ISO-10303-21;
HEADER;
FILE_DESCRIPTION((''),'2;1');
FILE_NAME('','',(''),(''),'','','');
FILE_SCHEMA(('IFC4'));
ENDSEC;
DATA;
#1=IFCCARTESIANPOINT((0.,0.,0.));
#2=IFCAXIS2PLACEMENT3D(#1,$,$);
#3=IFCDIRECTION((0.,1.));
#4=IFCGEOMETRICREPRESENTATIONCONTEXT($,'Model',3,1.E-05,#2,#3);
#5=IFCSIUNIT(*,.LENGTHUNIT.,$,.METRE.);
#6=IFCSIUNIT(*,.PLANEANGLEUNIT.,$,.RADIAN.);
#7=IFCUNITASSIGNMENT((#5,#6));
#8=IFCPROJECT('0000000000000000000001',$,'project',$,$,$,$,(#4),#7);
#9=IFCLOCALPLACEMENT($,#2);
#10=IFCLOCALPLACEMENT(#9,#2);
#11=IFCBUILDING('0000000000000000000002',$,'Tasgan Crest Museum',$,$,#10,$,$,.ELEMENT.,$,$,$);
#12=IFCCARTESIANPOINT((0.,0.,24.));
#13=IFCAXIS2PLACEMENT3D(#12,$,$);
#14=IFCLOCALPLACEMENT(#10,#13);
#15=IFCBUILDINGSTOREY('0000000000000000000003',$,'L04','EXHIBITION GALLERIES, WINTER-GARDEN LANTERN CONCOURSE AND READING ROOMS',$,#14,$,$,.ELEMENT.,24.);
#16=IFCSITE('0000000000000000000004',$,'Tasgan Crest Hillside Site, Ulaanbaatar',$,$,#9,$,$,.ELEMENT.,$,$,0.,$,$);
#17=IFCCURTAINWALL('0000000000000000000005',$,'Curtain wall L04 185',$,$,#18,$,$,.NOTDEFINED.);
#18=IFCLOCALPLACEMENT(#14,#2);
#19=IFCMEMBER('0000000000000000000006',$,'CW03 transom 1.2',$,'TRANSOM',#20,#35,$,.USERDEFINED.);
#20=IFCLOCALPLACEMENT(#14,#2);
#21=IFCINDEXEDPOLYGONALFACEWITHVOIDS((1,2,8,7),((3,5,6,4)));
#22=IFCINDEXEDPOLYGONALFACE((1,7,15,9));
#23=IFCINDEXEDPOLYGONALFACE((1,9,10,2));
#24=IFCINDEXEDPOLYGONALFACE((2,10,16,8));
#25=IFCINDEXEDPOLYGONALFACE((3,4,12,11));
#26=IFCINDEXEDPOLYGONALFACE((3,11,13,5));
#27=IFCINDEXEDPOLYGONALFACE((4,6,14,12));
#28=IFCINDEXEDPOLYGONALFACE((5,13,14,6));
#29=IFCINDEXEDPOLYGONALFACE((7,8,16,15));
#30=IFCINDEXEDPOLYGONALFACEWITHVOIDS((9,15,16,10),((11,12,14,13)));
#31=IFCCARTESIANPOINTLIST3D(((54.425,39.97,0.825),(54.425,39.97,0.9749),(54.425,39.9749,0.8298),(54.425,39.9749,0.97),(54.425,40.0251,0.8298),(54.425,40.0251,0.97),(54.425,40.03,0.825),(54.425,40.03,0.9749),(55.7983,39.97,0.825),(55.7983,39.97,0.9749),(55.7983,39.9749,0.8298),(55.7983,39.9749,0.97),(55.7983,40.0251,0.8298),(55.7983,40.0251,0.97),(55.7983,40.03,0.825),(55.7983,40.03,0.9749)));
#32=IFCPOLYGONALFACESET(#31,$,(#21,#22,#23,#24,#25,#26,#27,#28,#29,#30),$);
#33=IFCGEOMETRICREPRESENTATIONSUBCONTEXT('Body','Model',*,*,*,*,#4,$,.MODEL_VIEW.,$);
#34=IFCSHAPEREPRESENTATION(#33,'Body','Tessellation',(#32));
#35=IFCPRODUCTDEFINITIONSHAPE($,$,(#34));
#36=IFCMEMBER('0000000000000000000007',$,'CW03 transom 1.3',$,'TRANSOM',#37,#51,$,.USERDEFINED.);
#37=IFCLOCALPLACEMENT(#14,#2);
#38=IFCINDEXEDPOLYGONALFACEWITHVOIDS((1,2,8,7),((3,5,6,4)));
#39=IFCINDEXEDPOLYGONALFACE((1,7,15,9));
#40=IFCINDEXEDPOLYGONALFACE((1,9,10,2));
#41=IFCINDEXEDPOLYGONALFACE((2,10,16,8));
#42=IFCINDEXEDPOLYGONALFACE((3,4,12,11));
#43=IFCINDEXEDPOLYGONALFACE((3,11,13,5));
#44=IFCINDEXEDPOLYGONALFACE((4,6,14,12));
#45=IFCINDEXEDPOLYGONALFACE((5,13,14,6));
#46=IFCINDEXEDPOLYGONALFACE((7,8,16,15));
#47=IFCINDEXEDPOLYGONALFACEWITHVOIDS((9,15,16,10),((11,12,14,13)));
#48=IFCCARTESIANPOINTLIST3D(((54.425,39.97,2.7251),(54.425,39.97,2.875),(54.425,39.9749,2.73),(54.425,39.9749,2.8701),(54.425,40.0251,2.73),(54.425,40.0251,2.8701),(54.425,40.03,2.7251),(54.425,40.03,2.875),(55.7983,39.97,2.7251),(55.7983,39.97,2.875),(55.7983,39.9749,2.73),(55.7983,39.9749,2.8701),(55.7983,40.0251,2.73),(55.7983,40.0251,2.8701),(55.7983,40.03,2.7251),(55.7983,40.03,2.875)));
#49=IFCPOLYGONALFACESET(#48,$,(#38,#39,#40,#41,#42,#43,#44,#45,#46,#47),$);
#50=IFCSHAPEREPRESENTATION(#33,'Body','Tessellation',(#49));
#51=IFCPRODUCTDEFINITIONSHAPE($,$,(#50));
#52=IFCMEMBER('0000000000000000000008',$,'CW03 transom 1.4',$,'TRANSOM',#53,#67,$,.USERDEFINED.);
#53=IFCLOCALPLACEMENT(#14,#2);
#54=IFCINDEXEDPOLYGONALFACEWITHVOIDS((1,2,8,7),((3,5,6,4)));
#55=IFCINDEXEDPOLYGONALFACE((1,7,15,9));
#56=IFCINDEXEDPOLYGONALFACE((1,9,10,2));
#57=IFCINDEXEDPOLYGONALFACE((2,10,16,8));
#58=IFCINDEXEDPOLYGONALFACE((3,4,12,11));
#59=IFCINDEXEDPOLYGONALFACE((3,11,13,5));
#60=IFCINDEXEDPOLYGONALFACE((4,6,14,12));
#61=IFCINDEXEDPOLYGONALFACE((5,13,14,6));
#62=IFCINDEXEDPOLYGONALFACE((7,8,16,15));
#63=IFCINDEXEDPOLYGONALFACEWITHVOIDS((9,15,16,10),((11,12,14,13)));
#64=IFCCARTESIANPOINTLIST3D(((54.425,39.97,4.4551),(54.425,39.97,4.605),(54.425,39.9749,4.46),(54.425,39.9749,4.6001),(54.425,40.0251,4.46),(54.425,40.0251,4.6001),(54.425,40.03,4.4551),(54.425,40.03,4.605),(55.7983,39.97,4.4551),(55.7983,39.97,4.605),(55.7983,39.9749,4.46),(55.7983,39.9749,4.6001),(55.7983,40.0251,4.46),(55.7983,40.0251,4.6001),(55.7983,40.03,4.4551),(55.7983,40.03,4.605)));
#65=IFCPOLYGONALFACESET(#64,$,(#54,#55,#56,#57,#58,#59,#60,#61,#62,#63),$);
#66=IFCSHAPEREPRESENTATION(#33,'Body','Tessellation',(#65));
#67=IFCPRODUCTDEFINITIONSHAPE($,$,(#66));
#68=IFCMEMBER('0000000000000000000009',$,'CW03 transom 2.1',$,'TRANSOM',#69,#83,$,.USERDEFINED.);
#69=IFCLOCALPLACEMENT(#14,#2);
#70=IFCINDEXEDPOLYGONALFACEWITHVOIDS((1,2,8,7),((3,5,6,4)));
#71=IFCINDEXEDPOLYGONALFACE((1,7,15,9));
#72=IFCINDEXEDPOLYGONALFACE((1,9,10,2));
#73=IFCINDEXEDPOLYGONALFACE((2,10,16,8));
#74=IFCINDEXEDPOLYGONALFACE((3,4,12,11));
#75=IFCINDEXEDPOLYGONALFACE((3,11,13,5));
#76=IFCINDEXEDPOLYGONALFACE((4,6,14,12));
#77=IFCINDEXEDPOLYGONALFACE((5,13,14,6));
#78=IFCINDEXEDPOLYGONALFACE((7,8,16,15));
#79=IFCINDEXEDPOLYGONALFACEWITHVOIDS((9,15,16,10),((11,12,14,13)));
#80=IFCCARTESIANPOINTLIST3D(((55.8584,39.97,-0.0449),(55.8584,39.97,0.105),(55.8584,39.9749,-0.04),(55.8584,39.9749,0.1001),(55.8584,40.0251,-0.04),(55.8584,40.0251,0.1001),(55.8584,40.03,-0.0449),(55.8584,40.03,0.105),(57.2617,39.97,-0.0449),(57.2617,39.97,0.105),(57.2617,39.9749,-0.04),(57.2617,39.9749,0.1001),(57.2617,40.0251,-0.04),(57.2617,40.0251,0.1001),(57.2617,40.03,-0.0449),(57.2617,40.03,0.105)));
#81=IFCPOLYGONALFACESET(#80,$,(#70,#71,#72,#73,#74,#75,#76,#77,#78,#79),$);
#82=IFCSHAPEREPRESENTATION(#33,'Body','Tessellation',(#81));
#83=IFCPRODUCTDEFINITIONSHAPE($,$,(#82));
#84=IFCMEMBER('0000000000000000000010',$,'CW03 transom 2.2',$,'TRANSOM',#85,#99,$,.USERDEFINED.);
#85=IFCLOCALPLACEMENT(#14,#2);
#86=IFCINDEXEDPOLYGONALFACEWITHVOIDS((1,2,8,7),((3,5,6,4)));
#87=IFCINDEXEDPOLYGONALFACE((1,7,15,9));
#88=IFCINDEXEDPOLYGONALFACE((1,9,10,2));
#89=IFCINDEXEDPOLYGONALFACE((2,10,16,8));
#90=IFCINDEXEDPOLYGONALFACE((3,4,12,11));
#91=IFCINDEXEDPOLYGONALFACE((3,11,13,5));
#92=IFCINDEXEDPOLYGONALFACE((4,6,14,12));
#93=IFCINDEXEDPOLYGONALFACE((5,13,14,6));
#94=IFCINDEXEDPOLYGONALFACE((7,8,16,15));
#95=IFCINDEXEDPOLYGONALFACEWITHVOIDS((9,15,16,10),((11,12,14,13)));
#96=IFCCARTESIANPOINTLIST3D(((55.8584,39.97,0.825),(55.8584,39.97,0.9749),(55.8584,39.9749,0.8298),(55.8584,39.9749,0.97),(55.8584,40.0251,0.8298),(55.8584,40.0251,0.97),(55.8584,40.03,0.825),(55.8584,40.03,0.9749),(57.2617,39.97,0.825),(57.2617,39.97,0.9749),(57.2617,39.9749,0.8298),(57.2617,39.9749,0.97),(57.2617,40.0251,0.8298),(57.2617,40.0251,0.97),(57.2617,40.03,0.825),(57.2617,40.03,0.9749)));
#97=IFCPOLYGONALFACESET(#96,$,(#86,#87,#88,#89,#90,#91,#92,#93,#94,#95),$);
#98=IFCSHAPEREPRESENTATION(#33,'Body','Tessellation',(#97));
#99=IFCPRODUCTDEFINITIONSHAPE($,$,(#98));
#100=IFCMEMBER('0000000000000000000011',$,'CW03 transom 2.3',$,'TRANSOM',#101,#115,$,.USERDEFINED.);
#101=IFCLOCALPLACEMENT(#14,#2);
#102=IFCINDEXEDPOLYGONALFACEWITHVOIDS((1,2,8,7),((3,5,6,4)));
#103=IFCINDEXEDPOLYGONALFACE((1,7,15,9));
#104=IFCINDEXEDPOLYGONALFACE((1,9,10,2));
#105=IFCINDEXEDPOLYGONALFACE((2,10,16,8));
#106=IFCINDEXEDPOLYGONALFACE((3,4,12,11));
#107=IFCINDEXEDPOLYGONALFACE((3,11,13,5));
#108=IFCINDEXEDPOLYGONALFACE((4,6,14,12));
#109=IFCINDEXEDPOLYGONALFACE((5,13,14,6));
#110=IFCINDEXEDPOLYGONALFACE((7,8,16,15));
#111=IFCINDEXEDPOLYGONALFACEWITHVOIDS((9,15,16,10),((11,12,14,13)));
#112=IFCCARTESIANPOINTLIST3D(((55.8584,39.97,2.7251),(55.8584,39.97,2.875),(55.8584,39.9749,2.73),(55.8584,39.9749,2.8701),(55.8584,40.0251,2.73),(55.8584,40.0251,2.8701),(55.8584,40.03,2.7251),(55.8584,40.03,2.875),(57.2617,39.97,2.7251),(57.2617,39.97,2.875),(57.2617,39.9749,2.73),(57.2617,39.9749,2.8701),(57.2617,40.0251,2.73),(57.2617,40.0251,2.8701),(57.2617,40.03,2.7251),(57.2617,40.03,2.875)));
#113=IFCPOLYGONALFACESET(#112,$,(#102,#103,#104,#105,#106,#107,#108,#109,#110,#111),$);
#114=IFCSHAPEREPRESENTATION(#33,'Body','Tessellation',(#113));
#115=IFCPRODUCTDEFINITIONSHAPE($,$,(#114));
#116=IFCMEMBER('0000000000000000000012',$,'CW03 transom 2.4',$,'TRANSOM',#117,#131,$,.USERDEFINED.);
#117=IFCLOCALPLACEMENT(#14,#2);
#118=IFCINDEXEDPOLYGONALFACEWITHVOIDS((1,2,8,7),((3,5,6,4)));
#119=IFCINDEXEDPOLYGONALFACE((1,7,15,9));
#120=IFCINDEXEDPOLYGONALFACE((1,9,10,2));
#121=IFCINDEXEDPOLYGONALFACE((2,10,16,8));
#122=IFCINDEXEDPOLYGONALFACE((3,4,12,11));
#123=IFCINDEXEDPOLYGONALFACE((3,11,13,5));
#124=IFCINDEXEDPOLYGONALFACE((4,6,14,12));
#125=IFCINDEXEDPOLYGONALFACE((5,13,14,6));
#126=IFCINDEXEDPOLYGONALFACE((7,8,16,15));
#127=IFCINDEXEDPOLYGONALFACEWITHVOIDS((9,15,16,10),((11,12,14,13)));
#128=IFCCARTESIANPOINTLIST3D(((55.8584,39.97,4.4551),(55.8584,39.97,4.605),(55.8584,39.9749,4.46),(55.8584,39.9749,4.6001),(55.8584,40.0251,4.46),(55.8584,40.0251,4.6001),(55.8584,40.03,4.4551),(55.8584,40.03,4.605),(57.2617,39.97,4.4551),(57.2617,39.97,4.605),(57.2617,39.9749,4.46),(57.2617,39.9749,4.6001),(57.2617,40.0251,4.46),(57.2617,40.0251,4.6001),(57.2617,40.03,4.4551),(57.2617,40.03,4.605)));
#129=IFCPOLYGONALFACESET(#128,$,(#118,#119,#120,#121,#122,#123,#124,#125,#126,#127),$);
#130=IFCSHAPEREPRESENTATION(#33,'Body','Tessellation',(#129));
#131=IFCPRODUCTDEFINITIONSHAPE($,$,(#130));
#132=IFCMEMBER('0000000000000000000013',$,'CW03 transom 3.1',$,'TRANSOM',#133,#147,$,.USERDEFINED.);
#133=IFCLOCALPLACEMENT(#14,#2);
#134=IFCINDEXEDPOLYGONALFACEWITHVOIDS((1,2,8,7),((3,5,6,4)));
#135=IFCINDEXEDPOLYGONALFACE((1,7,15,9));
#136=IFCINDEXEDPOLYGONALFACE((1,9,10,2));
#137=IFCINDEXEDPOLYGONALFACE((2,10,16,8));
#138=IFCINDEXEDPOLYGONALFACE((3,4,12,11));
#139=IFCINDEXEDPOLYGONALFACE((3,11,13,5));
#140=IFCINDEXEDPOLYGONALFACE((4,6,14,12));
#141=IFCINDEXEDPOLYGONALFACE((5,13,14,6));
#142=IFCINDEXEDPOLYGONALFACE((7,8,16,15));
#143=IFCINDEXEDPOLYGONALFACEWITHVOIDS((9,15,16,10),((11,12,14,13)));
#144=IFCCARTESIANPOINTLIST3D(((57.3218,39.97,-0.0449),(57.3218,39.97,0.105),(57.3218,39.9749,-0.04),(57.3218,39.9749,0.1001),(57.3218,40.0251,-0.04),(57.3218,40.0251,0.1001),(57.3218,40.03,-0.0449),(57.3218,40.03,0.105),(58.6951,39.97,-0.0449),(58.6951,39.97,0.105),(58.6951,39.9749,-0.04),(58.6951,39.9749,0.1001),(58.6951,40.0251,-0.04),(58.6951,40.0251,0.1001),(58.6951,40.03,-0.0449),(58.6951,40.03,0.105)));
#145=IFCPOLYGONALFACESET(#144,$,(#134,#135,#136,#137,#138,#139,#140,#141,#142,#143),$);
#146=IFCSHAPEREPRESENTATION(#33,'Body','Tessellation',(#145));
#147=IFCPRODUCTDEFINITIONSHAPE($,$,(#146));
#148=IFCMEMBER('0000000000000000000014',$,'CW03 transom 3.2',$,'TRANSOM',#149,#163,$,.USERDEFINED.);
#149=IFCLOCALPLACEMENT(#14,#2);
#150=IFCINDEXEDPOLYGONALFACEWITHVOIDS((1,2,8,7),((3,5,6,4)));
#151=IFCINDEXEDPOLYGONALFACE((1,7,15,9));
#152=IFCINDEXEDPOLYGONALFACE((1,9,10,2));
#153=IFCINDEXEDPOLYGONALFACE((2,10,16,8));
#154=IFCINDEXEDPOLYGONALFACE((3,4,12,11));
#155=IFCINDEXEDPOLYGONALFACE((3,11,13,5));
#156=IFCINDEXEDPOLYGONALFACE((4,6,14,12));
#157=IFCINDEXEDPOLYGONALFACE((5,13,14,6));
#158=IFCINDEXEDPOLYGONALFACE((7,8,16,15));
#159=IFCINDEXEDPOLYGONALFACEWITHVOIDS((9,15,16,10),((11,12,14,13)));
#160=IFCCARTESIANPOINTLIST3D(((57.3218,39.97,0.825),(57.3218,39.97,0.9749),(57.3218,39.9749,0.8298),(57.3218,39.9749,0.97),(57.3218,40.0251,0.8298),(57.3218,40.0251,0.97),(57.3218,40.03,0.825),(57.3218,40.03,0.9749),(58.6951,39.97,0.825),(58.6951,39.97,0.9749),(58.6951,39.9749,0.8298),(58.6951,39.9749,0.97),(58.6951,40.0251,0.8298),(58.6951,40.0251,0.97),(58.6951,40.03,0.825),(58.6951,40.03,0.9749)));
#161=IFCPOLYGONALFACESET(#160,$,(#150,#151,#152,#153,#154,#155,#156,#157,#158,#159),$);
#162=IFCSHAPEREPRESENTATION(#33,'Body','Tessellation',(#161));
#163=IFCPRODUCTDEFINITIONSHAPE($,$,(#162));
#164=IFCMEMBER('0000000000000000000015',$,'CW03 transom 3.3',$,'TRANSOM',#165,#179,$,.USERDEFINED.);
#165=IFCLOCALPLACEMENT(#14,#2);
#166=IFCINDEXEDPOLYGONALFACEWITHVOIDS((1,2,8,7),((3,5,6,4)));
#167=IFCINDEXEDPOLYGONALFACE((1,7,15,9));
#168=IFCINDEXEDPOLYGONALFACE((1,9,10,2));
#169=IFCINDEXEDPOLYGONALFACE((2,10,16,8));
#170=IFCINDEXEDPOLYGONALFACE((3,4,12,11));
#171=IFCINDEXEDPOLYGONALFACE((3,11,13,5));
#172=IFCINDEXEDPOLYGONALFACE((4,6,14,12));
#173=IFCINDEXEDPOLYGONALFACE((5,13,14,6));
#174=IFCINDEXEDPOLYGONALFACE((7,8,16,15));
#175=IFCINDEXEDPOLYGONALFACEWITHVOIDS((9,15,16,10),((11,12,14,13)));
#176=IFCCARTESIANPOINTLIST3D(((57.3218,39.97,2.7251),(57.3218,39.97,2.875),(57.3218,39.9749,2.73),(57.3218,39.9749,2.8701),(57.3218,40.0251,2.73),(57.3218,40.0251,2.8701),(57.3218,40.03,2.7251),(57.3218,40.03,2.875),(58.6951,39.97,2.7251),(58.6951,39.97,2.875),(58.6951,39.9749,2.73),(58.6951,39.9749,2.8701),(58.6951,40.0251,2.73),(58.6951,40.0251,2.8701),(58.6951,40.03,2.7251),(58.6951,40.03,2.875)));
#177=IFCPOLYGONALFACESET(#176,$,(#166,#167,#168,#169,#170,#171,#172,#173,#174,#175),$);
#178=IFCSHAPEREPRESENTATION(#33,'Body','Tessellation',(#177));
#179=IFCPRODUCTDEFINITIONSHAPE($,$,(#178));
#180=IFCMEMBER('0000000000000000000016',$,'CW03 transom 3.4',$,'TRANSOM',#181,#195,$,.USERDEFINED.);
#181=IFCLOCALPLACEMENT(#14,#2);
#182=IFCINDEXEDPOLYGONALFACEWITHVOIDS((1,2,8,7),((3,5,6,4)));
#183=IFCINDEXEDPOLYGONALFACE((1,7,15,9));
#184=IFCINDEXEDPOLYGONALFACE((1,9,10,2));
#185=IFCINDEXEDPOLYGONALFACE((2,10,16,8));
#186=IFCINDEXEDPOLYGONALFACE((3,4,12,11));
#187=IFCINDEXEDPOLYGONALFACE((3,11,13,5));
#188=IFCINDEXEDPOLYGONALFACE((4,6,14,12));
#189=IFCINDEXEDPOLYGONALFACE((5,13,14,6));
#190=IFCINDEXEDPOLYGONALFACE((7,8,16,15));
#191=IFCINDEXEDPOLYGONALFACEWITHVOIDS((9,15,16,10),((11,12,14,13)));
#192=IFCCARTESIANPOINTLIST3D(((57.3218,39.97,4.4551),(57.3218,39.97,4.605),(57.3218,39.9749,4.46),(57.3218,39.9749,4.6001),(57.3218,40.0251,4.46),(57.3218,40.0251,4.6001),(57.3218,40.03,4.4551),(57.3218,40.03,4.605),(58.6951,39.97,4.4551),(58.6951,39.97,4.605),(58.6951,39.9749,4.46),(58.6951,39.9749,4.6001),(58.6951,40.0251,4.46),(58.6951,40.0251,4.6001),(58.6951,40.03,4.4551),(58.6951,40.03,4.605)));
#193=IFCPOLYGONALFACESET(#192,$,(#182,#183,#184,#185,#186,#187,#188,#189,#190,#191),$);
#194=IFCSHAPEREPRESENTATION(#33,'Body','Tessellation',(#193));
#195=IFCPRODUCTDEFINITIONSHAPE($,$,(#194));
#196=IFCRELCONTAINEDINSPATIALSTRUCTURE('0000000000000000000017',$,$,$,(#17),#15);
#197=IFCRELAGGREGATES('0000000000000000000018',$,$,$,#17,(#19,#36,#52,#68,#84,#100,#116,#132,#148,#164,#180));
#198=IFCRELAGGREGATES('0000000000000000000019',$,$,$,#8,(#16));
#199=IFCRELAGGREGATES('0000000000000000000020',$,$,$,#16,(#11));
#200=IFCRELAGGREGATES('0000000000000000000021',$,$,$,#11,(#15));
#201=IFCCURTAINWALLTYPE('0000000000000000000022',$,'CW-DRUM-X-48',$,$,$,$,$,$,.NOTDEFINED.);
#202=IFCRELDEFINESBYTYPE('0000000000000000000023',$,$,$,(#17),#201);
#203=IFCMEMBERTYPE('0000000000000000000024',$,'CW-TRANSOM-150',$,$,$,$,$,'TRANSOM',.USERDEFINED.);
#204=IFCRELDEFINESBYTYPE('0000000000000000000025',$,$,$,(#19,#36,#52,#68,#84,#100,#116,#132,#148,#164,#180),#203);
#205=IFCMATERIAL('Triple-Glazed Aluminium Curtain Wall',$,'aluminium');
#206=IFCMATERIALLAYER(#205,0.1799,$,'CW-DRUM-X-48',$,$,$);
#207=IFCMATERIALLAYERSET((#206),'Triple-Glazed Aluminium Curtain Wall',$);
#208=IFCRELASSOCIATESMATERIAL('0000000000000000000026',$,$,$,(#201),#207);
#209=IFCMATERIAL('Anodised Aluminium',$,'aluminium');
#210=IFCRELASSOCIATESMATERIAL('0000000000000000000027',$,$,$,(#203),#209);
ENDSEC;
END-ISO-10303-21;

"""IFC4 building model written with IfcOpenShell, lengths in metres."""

from ifc_helpers import new_model, si_unit, direction, frame, origin, origin_2d, place, context, subcontext, project, spatial, hollow_rectangle, extrude, material, layer, layer_set, material_profile, profile_set, type_object, element, aggregate, save


model = new_model("IFC4")

# Units and contexts
model_context = context("Model", 3, precision=1e-05, world=origin(), true_north=direction((0.0, 1.0)))
body_context = subcontext(model_context, "Body", "Model", "MODEL_VIEW")
ifc_project = project(units=[si_unit("LENGTHUNIT", "METRE"), si_unit("PLANEANGLEUNIT", "RADIAN")], contexts=[model_context])

# Site, building, storey
site_placement = place(None, origin())
site = spatial("IfcSite", under=ifc_project, at=site_placement, Name="Tasgan Crest Hillside Site, Ulaanbaatar", CompositionType="ELEMENT", RefElevation=0.0)
building_placement = place(site_placement, origin())
building = spatial("IfcBuilding", under=site, at=building_placement, Name="Tasgan Crest Museum", CompositionType="ELEMENT")
storey_placement = place(building_placement, frame((0.0, 0.0, 24.0)))
storey = spatial("IfcBuildingStorey", under=building, at=storey_placement, Name="L04", Description="EXHIBITION GALLERIES, WINTER-GARDEN LANTERN CONCOURSE AND READING ROOMS", CompositionType="ELEMENT", Elevation=24.0)

# Curtain wall, members
ifc_material_1 = material(Name="Triple-Glazed Aluminium Curtain Wall", Category="aluminium")
ifc_layer_1 = layer(ifc_material_1, 0.1799, Name="CW-DRUM-X-48")
ifc_layer_set_1 = layer_set([ifc_layer_1], Name="Triple-Glazed Aluminium Curtain Wall")
curtain_wall_type = type_object("IfcCurtainWallType", Name="CW-DRUM-X-48", PredefinedType="NOTDEFINED", material=ifc_layer_set_1)
curtain_wall_placement = place(storey_placement, origin())
curtain_wall = element("IfcCurtainWall", 1, at=curtain_wall_placement, inside=storey, type_object=curtain_wall_type, Name="Curtain wall L04 185", PredefinedType="NOTDEFINED")
ifc_material_2 = material(Name="Anodised Aluminium", Category="aluminium")
ifc_material_profile_1 = material_profile(ifc_material_2, hollow_rectangle(XDim=0.0601, YDim=0.1499, WallThickness=0.0049, at=origin_2d()), Name="ALU TRANSOM 150x60x5")
ifc_profile_set_1 = profile_set([ifc_material_profile_1], Name="Anodised Aluminium")
member_type_1 = type_object("IfcMemberType", Name="CW-TRANSOM-150", ElementType="TRANSOM", PredefinedType="USERDEFINED", material=ifc_profile_set_1)
member_1_placement = place(storey_placement, frame((54.425, 40.0, 0.8999), z_axis=(1.0, 0.0, 0.0), x_axis=(0.0, 1.0, 0.0)))
member_1 = element("IfcMember", 2, at=member_1_placement, type_object=member_type_1, Name="CW03 transom 1.2", ObjectType="TRANSOM", PredefinedType="USERDEFINED", context=body_context, shape_type="SweptSolid", body=[
    extrude(hollow_rectangle(XDim=0.0601, YDim=0.1499, WallThickness=0.0049, at=origin_2d()), origin(), (0.0, 0.0, 1.0), 1.3733),
])
member_2_placement = place(storey_placement, frame((54.425, 40.0, 2.8), z_axis=(1.0, 0.0, 0.0), x_axis=(0.0, 1.0, 0.0)))
member_2 = element("IfcMember", 3, at=member_2_placement, type_object=member_type_1, Name="CW03 transom 1.3", ObjectType="TRANSOM", PredefinedType="USERDEFINED", context=body_context, shape_type="SweptSolid", body=[
    extrude(hollow_rectangle(XDim=0.0601, YDim=0.1499, WallThickness=0.0049, at=origin_2d()), origin(), (0.0, 0.0, 1.0), 1.3733),
])
member_3_placement = place(storey_placement, frame((54.425, 40.0, 4.53), z_axis=(1.0, 0.0, 0.0), x_axis=(0.0, 1.0, 0.0)))
member_3 = element("IfcMember", 4, at=member_3_placement, type_object=member_type_1, Name="CW03 transom 1.4", ObjectType="TRANSOM", PredefinedType="USERDEFINED", context=body_context, shape_type="SweptSolid", body=[
    extrude(hollow_rectangle(XDim=0.0601, YDim=0.1499, WallThickness=0.0049, at=origin_2d()), origin(), (0.0, 0.0, 1.0), 1.3733),
])
member_4_placement = place(storey_placement, frame((55.8584, 40.0, 0.03), z_axis=(1.0, 0.0, 0.0), x_axis=(0.0, 1.0, 0.0)))
member_4 = element("IfcMember", 5, at=member_4_placement, type_object=member_type_1, Name="CW03 transom 2.1", ObjectType="TRANSOM", PredefinedType="USERDEFINED", context=body_context, shape_type="SweptSolid", body=[
    extrude(hollow_rectangle(XDim=0.0601, YDim=0.1499, WallThickness=0.0049, at=origin_2d()), origin(), (0.0, 0.0, 1.0), 1.4033),
])
member_5_placement = place(storey_placement, frame((55.8584, 40.0, 0.8999), z_axis=(1.0, 0.0, 0.0), x_axis=(0.0, 1.0, 0.0)))
member_5 = element("IfcMember", 6, at=member_5_placement, type_object=member_type_1, Name="CW03 transom 2.2", ObjectType="TRANSOM", PredefinedType="USERDEFINED", context=body_context, shape_type="SweptSolid", body=[
    extrude(hollow_rectangle(XDim=0.0601, YDim=0.1499, WallThickness=0.0049, at=origin_2d()), origin(), (0.0, 0.0, 1.0), 1.4033),
])
member_6_placement = place(storey_placement, frame((55.8584, 40.0, 2.8), z_axis=(1.0, 0.0, 0.0), x_axis=(0.0, 1.0, 0.0)))
member_6 = element("IfcMember", 7, at=member_6_placement, type_object=member_type_1, Name="CW03 transom 2.3", ObjectType="TRANSOM", PredefinedType="USERDEFINED", context=body_context, shape_type="SweptSolid", body=[
    extrude(hollow_rectangle(XDim=0.0601, YDim=0.1499, WallThickness=0.0049, at=origin_2d()), origin(), (0.0, 0.0, 1.0), 1.4033),
])
member_7_placement = place(storey_placement, frame((55.8584, 40.0, 4.53), z_axis=(1.0, 0.0, 0.0), x_axis=(0.0, 1.0, 0.0)))
member_7 = element("IfcMember", 8, at=member_7_placement, type_object=member_type_1, Name="CW03 transom 2.4", ObjectType="TRANSOM", PredefinedType="USERDEFINED", context=body_context, shape_type="SweptSolid", body=[
    extrude(hollow_rectangle(XDim=0.0601, YDim=0.1499, WallThickness=0.0049, at=origin_2d()), origin(), (0.0, 0.0, 1.0), 1.4033),
])
member_8_placement = place(storey_placement, frame((57.3218, 40.0, 0.03), z_axis=(1.0, 0.0, 0.0), x_axis=(0.0, 1.0, 0.0)))
member_8 = element("IfcMember", 9, at=member_8_placement, type_object=member_type_1, Name="CW03 transom 3.1", ObjectType="TRANSOM", PredefinedType="USERDEFINED", context=body_context, shape_type="SweptSolid", body=[
    extrude(hollow_rectangle(XDim=0.0601, YDim=0.1499, WallThickness=0.0049, at=origin_2d()), origin(), (0.0, 0.0, 1.0), 1.3733),
])
member_9_placement = place(storey_placement, frame((57.3218, 40.0, 0.8999), z_axis=(1.0, 0.0, 0.0), x_axis=(0.0, 1.0, 0.0)))
member_9 = element("IfcMember", 10, at=member_9_placement, type_object=member_type_1, Name="CW03 transom 3.2", ObjectType="TRANSOM", PredefinedType="USERDEFINED", context=body_context, shape_type="SweptSolid", body=[
    extrude(hollow_rectangle(XDim=0.0601, YDim=0.1499, WallThickness=0.0049, at=origin_2d()), origin(), (0.0, 0.0, 1.0), 1.3733),
])
member_10_placement = place(storey_placement, frame((57.3218, 40.0, 2.8), z_axis=(1.0, 0.0, 0.0), x_axis=(0.0, 1.0, 0.0)))
member_10 = element("IfcMember", 11, at=member_10_placement, type_object=member_type_1, Name="CW03 transom 3.3", ObjectType="TRANSOM", PredefinedType="USERDEFINED", context=body_context, shape_type="SweptSolid", body=[
    extrude(hollow_rectangle(XDim=0.0601, YDim=0.1499, WallThickness=0.0049, at=origin_2d()), origin(), (0.0, 0.0, 1.0), 1.3733),
])
member_11_placement = place(storey_placement, frame((57.3218, 40.0, 4.53), z_axis=(1.0, 0.0, 0.0), x_axis=(0.0, 1.0, 0.0)))
member_11 = element("IfcMember", 12, at=member_11_placement, type_object=member_type_1, Name="CW03 transom 3.4", ObjectType="TRANSOM", PredefinedType="USERDEFINED", context=body_context, shape_type="SweptSolid", body=[
    extrude(hollow_rectangle(XDim=0.0601, YDim=0.1499, WallThickness=0.0049, at=origin_2d()), origin(), (0.0, 0.0, 1.0), 1.3733),
])
aggregate(curtain_wall, [member_1, member_2, member_3, member_4, member_5, member_6, member_7, member_8, member_9, member_10, member_11])

save(model, "model.ifc")
